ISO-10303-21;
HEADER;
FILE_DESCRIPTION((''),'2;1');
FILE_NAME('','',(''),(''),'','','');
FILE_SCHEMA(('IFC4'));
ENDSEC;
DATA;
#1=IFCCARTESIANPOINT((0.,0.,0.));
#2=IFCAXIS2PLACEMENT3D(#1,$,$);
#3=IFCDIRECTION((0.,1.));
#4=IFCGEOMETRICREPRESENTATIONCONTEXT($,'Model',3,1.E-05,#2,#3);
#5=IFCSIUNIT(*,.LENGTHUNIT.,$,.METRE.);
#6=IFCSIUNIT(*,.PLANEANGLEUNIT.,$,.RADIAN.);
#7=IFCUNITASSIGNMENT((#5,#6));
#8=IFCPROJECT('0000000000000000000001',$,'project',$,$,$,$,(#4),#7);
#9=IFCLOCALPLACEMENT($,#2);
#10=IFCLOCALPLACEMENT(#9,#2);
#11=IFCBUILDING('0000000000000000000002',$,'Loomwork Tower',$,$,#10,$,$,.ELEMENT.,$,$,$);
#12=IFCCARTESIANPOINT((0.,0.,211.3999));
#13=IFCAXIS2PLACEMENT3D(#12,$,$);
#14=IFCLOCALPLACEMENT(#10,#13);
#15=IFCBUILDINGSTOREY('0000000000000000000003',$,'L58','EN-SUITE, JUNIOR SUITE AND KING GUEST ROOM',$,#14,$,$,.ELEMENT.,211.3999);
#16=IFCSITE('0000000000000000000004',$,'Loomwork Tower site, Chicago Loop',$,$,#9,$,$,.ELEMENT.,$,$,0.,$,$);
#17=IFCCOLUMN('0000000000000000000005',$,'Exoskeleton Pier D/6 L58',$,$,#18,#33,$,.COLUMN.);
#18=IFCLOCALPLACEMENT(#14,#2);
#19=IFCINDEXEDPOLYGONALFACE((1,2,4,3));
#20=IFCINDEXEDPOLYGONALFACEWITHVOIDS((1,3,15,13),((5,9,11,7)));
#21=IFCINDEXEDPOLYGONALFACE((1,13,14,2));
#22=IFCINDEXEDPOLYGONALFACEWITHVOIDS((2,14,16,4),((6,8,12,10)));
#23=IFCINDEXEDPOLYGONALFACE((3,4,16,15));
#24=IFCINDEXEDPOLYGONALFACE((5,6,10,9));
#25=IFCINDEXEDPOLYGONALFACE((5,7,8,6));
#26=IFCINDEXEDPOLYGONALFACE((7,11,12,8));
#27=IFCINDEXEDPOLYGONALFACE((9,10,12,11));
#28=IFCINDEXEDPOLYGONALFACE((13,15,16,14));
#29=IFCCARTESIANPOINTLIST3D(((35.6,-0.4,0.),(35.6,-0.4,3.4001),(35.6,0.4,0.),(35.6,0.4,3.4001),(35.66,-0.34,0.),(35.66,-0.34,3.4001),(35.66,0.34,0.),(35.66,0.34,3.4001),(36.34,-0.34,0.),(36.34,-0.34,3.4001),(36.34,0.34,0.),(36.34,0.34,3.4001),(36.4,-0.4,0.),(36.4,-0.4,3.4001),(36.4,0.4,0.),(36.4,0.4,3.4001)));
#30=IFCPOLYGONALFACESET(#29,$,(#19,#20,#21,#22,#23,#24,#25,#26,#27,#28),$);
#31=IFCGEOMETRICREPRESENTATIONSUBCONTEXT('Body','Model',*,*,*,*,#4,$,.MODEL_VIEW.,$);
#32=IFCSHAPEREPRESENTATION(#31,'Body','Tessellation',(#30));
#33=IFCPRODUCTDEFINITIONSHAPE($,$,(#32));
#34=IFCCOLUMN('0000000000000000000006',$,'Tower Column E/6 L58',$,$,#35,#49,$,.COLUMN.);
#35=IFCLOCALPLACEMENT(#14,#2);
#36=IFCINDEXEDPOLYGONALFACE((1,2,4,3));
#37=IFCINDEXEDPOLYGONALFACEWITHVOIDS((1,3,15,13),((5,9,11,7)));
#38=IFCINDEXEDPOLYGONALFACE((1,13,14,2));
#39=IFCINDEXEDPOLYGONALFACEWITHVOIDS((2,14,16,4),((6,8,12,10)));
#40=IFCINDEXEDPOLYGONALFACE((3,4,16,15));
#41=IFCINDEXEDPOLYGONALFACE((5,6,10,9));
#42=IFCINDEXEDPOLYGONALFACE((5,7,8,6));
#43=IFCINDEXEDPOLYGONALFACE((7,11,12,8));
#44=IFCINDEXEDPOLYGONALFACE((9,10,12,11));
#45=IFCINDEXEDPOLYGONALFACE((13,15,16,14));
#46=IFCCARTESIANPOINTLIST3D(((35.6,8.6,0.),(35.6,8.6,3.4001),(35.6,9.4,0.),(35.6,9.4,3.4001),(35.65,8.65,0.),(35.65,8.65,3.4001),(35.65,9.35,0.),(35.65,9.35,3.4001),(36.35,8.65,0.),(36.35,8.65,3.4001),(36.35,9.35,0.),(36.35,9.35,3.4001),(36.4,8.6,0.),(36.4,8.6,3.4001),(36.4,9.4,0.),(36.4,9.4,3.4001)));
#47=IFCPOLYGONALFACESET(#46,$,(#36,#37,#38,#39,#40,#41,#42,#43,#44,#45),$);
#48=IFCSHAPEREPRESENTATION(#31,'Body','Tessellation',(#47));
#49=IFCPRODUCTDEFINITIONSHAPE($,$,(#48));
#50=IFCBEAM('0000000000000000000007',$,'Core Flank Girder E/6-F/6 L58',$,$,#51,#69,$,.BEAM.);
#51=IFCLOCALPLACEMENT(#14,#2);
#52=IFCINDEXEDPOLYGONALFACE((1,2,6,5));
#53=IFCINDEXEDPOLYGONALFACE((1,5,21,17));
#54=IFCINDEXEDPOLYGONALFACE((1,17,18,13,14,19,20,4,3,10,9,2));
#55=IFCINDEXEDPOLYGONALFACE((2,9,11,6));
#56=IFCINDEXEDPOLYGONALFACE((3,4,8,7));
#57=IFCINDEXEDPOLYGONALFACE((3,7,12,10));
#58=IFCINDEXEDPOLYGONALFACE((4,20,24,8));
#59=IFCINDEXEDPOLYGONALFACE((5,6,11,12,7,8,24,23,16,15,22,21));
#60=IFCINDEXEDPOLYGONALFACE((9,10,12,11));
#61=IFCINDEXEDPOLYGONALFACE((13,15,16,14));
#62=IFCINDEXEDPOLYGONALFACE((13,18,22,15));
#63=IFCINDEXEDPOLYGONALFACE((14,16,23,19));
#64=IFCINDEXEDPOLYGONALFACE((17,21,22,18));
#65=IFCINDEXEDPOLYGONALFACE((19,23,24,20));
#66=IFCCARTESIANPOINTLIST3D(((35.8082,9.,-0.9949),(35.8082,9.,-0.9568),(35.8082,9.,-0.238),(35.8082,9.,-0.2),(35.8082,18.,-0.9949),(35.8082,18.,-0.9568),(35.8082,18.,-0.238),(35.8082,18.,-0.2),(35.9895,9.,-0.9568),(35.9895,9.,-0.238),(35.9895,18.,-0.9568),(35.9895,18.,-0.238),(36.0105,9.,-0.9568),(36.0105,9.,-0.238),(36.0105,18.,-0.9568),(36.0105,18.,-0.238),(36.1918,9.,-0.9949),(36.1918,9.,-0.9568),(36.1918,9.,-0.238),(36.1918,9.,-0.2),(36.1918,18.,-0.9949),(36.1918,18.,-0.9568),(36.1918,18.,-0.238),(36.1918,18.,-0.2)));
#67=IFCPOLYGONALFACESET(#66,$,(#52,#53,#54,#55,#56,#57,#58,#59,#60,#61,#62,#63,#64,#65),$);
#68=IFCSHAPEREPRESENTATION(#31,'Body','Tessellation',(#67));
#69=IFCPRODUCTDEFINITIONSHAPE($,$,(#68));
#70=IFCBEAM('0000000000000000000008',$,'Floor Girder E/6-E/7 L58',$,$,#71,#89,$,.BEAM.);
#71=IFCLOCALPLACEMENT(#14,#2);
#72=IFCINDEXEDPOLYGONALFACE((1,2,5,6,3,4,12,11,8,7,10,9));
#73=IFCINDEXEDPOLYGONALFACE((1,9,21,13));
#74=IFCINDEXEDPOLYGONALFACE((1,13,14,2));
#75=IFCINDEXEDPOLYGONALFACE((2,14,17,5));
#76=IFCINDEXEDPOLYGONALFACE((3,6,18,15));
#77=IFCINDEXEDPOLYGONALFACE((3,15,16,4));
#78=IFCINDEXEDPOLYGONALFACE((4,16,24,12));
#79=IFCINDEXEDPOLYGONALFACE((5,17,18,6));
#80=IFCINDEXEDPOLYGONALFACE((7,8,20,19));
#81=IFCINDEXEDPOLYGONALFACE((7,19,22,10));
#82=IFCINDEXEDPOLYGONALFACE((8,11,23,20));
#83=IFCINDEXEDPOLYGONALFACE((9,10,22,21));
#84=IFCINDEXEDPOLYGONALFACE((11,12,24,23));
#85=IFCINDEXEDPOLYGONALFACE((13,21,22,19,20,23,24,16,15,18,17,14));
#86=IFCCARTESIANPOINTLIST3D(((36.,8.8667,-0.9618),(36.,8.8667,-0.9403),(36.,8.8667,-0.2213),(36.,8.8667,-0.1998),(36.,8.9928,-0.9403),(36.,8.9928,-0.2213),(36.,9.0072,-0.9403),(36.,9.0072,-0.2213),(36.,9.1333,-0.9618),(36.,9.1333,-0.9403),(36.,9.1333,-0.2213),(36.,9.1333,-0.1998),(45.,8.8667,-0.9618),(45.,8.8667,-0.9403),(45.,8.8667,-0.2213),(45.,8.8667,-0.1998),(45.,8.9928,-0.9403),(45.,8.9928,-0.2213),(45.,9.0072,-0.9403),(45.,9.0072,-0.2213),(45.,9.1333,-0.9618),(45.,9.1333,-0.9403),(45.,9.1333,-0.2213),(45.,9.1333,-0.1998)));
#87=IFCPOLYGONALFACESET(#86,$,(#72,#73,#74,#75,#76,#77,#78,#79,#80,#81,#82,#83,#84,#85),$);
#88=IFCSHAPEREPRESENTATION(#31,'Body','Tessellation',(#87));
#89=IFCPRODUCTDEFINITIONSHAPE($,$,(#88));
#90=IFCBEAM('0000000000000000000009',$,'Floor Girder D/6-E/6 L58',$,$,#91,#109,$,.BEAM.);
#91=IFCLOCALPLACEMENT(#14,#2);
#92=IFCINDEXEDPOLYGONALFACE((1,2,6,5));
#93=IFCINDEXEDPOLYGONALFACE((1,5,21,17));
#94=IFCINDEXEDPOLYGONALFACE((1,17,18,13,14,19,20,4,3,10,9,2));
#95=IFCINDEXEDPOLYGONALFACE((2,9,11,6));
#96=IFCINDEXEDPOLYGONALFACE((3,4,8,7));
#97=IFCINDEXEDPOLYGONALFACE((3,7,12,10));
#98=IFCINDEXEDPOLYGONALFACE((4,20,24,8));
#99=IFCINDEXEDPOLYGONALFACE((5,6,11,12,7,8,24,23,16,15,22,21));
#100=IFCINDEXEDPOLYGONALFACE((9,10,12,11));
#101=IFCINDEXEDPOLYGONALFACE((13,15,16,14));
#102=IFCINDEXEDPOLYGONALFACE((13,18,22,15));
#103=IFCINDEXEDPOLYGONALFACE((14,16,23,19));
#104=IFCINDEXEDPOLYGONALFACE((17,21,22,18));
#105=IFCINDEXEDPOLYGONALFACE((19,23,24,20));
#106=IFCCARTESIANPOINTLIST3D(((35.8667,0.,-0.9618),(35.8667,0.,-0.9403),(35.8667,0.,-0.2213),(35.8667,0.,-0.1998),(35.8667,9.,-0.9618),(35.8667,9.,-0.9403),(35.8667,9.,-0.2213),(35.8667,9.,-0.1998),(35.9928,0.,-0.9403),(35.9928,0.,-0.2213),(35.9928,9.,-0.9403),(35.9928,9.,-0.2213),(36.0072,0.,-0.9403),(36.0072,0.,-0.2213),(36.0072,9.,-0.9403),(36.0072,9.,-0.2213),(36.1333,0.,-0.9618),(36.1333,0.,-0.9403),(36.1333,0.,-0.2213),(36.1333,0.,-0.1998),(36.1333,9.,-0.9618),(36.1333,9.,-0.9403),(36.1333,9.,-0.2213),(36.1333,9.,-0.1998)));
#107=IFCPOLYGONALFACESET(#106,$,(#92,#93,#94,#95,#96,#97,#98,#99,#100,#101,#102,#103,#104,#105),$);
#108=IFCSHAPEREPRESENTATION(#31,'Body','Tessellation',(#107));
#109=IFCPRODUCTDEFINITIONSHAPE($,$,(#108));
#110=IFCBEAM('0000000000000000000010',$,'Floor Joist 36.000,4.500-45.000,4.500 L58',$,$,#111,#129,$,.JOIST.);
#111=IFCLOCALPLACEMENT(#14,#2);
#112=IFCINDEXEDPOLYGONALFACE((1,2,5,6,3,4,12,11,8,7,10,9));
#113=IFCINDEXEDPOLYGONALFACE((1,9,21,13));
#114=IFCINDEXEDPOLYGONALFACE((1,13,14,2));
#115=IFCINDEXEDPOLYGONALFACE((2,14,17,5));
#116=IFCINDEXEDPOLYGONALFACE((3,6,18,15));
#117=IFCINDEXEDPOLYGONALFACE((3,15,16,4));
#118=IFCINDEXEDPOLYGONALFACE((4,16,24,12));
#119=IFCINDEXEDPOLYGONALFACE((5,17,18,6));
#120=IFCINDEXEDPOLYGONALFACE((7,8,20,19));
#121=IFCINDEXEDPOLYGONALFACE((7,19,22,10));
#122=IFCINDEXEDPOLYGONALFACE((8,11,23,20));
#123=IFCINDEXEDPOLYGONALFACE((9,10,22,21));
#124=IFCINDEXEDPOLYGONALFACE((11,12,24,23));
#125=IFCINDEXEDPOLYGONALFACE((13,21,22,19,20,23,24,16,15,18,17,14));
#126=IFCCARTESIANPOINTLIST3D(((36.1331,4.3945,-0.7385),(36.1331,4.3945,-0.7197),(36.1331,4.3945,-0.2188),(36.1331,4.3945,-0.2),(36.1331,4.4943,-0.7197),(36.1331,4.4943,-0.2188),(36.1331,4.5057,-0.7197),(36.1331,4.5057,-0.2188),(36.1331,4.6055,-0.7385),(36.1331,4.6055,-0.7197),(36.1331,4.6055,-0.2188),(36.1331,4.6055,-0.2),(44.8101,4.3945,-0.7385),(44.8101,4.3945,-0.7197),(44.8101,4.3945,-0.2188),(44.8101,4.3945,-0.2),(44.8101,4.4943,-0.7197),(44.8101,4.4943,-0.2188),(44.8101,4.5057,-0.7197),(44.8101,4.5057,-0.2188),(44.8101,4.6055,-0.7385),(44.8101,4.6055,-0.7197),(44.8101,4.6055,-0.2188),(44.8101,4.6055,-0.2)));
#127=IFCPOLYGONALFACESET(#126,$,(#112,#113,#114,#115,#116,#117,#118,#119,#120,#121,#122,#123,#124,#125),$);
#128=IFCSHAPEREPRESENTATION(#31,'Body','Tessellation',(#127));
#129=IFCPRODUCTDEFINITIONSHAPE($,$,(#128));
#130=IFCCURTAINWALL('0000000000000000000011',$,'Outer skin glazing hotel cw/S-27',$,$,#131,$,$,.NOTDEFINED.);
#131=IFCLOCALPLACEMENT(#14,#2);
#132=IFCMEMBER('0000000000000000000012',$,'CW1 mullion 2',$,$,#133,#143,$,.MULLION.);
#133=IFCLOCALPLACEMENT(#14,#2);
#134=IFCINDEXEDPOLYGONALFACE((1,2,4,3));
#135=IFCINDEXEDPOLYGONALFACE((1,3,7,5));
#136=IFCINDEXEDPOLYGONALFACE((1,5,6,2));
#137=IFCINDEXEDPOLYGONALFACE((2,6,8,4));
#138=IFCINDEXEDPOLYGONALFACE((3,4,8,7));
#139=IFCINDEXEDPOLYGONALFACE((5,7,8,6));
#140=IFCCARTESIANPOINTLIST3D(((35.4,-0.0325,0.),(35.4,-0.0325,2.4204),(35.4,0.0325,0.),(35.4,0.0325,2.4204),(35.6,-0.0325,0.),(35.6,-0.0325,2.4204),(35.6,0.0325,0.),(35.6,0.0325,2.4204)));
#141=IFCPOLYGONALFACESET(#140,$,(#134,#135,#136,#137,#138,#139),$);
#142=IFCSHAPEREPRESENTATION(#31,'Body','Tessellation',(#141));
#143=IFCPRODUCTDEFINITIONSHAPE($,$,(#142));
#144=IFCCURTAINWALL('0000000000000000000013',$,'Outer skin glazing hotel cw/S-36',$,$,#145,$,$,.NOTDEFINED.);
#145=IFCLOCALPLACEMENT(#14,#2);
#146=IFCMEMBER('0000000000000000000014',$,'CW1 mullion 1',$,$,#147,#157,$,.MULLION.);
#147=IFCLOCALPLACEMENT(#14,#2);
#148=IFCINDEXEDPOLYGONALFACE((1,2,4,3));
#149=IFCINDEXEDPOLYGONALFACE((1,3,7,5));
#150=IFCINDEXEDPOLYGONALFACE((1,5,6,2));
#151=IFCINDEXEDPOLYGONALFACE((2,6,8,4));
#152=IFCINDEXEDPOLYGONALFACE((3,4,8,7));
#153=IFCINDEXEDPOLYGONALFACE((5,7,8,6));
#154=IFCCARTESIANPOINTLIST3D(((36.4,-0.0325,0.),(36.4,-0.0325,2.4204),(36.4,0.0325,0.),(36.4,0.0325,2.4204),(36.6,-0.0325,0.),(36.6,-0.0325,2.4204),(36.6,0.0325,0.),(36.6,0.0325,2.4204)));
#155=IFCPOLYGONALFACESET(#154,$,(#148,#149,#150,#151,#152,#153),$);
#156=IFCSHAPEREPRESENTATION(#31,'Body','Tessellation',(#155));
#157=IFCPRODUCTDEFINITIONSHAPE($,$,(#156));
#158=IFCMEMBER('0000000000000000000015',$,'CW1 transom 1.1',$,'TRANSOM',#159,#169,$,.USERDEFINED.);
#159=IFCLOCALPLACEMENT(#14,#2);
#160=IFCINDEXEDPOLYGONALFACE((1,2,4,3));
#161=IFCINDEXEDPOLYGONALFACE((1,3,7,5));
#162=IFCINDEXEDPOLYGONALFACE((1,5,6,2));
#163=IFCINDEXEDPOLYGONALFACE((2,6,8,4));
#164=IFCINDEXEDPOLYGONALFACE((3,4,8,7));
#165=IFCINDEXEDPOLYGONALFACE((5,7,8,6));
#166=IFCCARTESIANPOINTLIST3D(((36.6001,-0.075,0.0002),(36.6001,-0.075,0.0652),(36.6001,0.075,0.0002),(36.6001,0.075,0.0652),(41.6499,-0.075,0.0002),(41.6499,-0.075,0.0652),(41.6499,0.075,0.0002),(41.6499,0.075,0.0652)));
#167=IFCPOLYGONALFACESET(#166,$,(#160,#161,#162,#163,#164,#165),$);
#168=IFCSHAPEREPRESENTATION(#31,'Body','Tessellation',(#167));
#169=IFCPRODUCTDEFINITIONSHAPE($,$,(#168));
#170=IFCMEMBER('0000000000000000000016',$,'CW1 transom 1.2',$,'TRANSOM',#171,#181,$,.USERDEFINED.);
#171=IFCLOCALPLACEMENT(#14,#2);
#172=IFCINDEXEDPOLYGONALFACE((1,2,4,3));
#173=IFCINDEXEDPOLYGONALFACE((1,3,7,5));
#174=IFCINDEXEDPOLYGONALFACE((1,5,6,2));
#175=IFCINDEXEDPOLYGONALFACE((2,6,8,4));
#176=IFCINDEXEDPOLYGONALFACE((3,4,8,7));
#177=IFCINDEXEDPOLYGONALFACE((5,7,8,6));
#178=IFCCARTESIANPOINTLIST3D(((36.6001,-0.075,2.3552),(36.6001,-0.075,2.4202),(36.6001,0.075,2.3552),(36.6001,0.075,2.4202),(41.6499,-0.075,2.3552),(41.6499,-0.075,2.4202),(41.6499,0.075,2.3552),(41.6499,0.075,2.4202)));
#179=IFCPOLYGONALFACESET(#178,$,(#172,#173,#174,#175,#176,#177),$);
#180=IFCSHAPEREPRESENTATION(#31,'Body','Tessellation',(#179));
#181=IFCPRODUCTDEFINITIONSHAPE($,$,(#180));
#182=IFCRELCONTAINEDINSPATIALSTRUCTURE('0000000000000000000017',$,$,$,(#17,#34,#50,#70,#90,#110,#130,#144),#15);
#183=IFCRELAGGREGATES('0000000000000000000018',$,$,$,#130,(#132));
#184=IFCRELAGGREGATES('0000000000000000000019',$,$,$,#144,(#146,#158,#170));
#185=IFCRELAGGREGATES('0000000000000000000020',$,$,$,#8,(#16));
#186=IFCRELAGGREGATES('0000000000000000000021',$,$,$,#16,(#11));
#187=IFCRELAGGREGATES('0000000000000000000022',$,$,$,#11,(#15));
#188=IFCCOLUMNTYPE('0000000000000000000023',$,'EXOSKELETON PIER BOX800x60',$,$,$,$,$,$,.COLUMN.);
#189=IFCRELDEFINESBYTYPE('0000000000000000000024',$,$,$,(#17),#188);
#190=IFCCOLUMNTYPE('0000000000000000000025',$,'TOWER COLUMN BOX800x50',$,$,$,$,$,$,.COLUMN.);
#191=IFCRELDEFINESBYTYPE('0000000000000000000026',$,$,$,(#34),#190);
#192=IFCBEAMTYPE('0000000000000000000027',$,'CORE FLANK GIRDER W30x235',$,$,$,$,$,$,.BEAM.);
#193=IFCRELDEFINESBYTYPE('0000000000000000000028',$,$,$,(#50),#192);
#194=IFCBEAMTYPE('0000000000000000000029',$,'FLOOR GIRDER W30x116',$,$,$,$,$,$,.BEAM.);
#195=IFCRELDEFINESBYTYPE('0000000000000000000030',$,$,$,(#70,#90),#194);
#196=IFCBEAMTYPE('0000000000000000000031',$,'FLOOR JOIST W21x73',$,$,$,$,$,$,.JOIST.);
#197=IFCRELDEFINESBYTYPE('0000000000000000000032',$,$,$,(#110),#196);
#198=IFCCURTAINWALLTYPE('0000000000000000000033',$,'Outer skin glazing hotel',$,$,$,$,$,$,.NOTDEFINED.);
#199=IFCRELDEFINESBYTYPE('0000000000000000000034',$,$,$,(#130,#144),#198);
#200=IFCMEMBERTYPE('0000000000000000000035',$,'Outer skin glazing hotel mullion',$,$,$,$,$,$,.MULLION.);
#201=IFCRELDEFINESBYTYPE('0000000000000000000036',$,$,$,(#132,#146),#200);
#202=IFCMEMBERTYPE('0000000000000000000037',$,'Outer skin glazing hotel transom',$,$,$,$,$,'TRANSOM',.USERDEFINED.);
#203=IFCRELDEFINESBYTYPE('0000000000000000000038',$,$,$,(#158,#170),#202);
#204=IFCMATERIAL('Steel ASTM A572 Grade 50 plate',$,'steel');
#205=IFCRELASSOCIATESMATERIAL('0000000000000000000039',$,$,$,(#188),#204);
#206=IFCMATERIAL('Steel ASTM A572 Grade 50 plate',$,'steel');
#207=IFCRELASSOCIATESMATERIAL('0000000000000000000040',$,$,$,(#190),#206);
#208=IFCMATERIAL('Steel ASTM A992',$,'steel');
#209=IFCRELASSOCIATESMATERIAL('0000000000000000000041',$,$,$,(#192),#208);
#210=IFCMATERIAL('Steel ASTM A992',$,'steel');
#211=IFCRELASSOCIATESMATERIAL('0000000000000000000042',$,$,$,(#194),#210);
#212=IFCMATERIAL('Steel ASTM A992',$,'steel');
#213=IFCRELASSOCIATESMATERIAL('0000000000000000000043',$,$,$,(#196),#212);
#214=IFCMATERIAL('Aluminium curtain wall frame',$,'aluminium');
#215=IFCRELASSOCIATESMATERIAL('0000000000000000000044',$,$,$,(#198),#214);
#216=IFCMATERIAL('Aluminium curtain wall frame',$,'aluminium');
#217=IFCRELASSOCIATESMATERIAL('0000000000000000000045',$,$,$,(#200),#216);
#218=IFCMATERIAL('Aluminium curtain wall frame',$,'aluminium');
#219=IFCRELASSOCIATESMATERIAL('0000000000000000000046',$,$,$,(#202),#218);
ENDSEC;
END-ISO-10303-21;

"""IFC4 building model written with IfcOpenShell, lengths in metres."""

from ifc_helpers import new_model, si_unit, direction, frame, origin, origin_2d, place, context, subcontext, project, spatial, rectangle, hollow_rectangle, i_section, extrude, material, material_profile, profile_set, type_object, element, aggregate, save


model = new_model("IFC4")

# Units and contexts
model_context = context("Model", 3, precision=1e-05, world=origin(), true_north=direction((0.0, 1.0)))
body_context = subcontext(model_context, "Body", "Model", "MODEL_VIEW")
ifc_project = project(units=[si_unit("LENGTHUNIT", "METRE"), si_unit("PLANEANGLEUNIT", "RADIAN")], contexts=[model_context])

# Site, building, storey
site_placement = place(None, origin())
site = spatial("IfcSite", under=ifc_project, at=site_placement, Name="Loomwork Tower site, Chicago Loop", CompositionType="ELEMENT", RefElevation=0.0)
building_placement = place(site_placement, origin())
building = spatial("IfcBuilding", under=site, at=building_placement, Name="Loomwork Tower", CompositionType="ELEMENT")
storey_placement = place(building_placement, frame((0.0, 0.0, 211.3999)))
storey = spatial("IfcBuildingStorey", under=building, at=storey_placement, Name="L58", Description="EN-SUITE, JUNIOR SUITE AND KING GUEST ROOM", CompositionType="ELEMENT", Elevation=211.3999)

# Columns
ifc_material_1 = material(Name="Steel ASTM A572 Grade 50 plate", Category="steel")
ifc_material_profile_1 = material_profile(ifc_material_1, hollow_rectangle(XDim=0.8, YDim=0.8, WallThickness=0.0601, at=origin_2d()), Name="BOX800x60")
ifc_profile_set_1 = profile_set([ifc_material_profile_1], Name="Steel ASTM A572 Grade 50 plate")
column_type_1 = type_object("IfcColumnType", Name="EXOSKELETON PIER BOX800x60", PredefinedType="COLUMN", material=ifc_profile_set_1)
column_1_placement = place(storey_placement, frame((36.0, 0.0, 0.0), z_axis=(0.0, 0.0, 1.0), x_axis=(1.0, 0.0, 0.0)))
element("IfcColumn", 1, at=column_1_placement, inside=storey, type_object=column_type_1, Name="Exoskeleton Pier D/6 L58", PredefinedType="COLUMN", context=body_context, shape_type="SweptSolid", body=[
    extrude(hollow_rectangle(XDim=0.8, YDim=0.8, WallThickness=0.0601, at=origin_2d()), origin(), (0.0, 0.0, 1.0), 3.4001),
])
ifc_material_2 = material(Name="Steel ASTM A572 Grade 50 plate", Category="steel")
ifc_material_profile_2 = material_profile(ifc_material_2, hollow_rectangle(XDim=0.8, YDim=0.8, WallThickness=0.05, at=origin_2d()), Name="BOX800x50")
ifc_profile_set_2 = profile_set([ifc_material_profile_2], Name="Steel ASTM A572 Grade 50 plate")
column_type_2 = type_object("IfcColumnType", Name="TOWER COLUMN BOX800x50", PredefinedType="COLUMN", material=ifc_profile_set_2)
column_2_placement = place(storey_placement, frame((36.0, 9.0, 0.0), z_axis=(0.0, 0.0, 1.0), x_axis=(0.0, 1.0, 0.0)))
element("IfcColumn", 2, at=column_2_placement, inside=storey, type_object=column_type_2, Name="Tower Column E/6 L58", PredefinedType="COLUMN", context=body_context, shape_type="SweptSolid", body=[
    extrude(hollow_rectangle(XDim=0.8, YDim=0.8, WallThickness=0.05, at=origin_2d()), origin(), (0.0, 0.0, 1.0), 3.4001),
])

# Beams
ifc_material_3 = material(Name="Steel ASTM A992", Category="steel")
ifc_material_profile_3 = material_profile(ifc_material_3, i_section(OverallWidth=0.3835, OverallDepth=0.7949, WebThickness=0.021, FlangeThickness=0.0381, at=origin_2d()), Name="W30x235")
ifc_profile_set_3 = profile_set([ifc_material_profile_3], Name="Steel ASTM A992")
beam_type_1 = type_object("IfcBeamType", Name="CORE FLANK GIRDER W30x235", PredefinedType="BEAM", material=ifc_profile_set_3)
beam_1_placement = place(storey_placement, frame((36.0, 9.0, -0.5974), z_axis=(0.0, 1.0, 0.0), x_axis=(-1.0, 0.0, 0.0)))
element("IfcBeam", 3, at=beam_1_placement, inside=storey, type_object=beam_type_1, Name="Core Flank Girder E/6-F/6 L58", PredefinedType="BEAM", context=body_context, shape_type="SweptSolid", body=[
    extrude(i_section(OverallWidth=0.3835, OverallDepth=0.7949, WebThickness=0.021, FlangeThickness=0.0381, at=origin_2d()), origin(), (0.0, 0.0, 1.0), 9.0),
])
ifc_material_4 = material(Name="Steel ASTM A992", Category="steel")
ifc_material_profile_4 = material_profile(ifc_material_4, i_section(OverallWidth=0.2666, OverallDepth=0.762, WebThickness=0.0144, FlangeThickness=0.0215, at=origin_2d()), Name="W30x116")
ifc_profile_set_4 = profile_set([ifc_material_profile_4], Name="Steel ASTM A992")
beam_type_2 = type_object("IfcBeamType", Name="FLOOR GIRDER W30x116", PredefinedType="BEAM", material=ifc_profile_set_4)
for number, where, z_axis, x_axis, name in (
    (4, (36.0, 9.0, -0.5808), (1.0, 0.0, 0.0), (0.0, 1.0, 0.0), "Floor Girder E/6-E/7 L58"),
    (5, (36.0, 0.0, -0.5808), (0.0, 1.0, 0.0), (-1.0, 0.0, 0.0), "Floor Girder D/6-E/6 L58"),
):
    element("IfcBeam", number, at=place(storey_placement, frame(where, z_axis=z_axis, x_axis=x_axis)), inside=storey, type_object=beam_type_2, Name=name, PredefinedType="BEAM", context=body_context, shape_type="SweptSolid", body=[
        extrude(i_section(OverallWidth=0.2666, OverallDepth=0.762, WebThickness=0.0144, FlangeThickness=0.0215, at=origin_2d()), origin(), (0.0, 0.0, 1.0), 9.0),
    ])
ifc_material_5 = material(Name="Steel ASTM A992", Category="steel")
ifc_material_profile_5 = material_profile(ifc_material_5, i_section(OverallWidth=0.2109, OverallDepth=0.5386, WebThickness=0.0115, FlangeThickness=0.0188, at=origin_2d()), Name="W21x73")
ifc_profile_set_5 = profile_set([ifc_material_profile_5], Name="Steel ASTM A992")
beam_type_3 = type_object("IfcBeamType", Name="FLOOR JOIST W21x73", PredefinedType="JOIST", material=ifc_profile_set_5)
beam_2_placement = place(storey_placement, frame((36.1331, 4.5, -0.4692), z_axis=(1.0, 0.0, 0.0), x_axis=(0.0, 1.0, 0.0)))
element("IfcBeam", 6, at=beam_2_placement, inside=storey, type_object=beam_type_3, Name="Floor Joist 36.000,4.500-45.000,4.500 L58", PredefinedType="JOIST", context=body_context, shape_type="SweptSolid", body=[
    extrude(i_section(OverallWidth=0.2109, OverallDepth=0.5386, WebThickness=0.0115, FlangeThickness=0.0188, at=origin_2d()), origin(), (0.0, 0.0, 1.0), 8.677),
])

# Curtain wall, member
ifc_material_6 = material(Name="Aluminium curtain wall frame", Category="aluminium")
curtain_wall_type = type_object("IfcCurtainWallType", Name="Outer skin glazing hotel", PredefinedType="NOTDEFINED", material=ifc_material_6)
curtain_wall_1_placement = place(storey_placement, origin())
curtain_wall_1 = element("IfcCurtainWall", 7, at=curtain_wall_1_placement, inside=storey, type_object=curtain_wall_type, Name="Outer skin glazing hotel cw/S-27", PredefinedType="NOTDEFINED")
ifc_material_7 = material(Name="Aluminium curtain wall frame", Category="aluminium")
ifc_material_profile_6 = material_profile(ifc_material_7, rectangle(XDim=0.0649, YDim=0.2, at=origin_2d()), Name="AL 65x200")
ifc_profile_set_6 = profile_set([ifc_material_profile_6], Name="Aluminium curtain wall frame")
member_type_1 = type_object("IfcMemberType", Name="Outer skin glazing hotel mullion", PredefinedType="MULLION", material=ifc_profile_set_6)
member_1_placement = place(storey_placement, frame((35.5, 0.0, 0.0), z_axis=(0.0, 0.0, 1.0), x_axis=(0.0, 1.0, 0.0)))
member_1 = element("IfcMember", 8, at=member_1_placement, type_object=member_type_1, Name="CW1 mullion 2", PredefinedType="MULLION", context=body_context, shape_type="SweptSolid", body=[
    extrude(rectangle(XDim=0.0649, YDim=0.2, at=origin_2d()), origin(), (0.0, 0.0, 1.0), 2.4204),
])
aggregate(curtain_wall_1, [member_1])

# Curtain wall, members
curtain_wall_2_placement = place(storey_placement, origin())
curtain_wall_2 = element("IfcCurtainWall", 9, at=curtain_wall_2_placement, inside=storey, type_object=curtain_wall_type, Name="Outer skin glazing hotel cw/S-36", PredefinedType="NOTDEFINED")
member_2_placement = place(storey_placement, frame((36.5, 0.0, 0.0), z_axis=(0.0, 0.0, 1.0), x_axis=(0.0, 1.0, 0.0)))
member_2 = element("IfcMember", 10, at=member_2_placement, type_object=member_type_1, Name="CW1 mullion 1", PredefinedType="MULLION", context=body_context, shape_type="SweptSolid", body=[
    extrude(rectangle(XDim=0.0649, YDim=0.2, at=origin_2d()), origin(), (0.0, 0.0, 1.0), 2.4204),
])
ifc_material_8 = material(Name="Aluminium curtain wall frame", Category="aluminium")
ifc_material_profile_7 = material_profile(ifc_material_8, rectangle(XDim=0.1499, YDim=0.0649, at=origin_2d()), Name="AL 65x150")
ifc_profile_set_7 = profile_set([ifc_material_profile_7], Name="Aluminium curtain wall frame")
member_type_2 = type_object("IfcMemberType", Name="Outer skin glazing hotel transom", ElementType="TRANSOM", PredefinedType="USERDEFINED", material=ifc_profile_set_7)
member_3_placement = place(storey_placement, frame((36.6001, 0.0, 0.0327), z_axis=(1.0, 0.0, 0.0), x_axis=(0.0, 1.0, 0.0)))
member_3 = element("IfcMember", 11, at=member_3_placement, type_object=member_type_2, Name="CW1 transom 1.1", ObjectType="TRANSOM", PredefinedType="USERDEFINED", context=body_context, shape_type="SweptSolid", body=[
    extrude(rectangle(XDim=0.1499, YDim=0.0649, at=origin_2d()), origin(), (0.0, 0.0, 1.0), 5.0498),
])
member_4_placement = place(storey_placement, frame((36.6001, 0.0, 2.3877), z_axis=(1.0, 0.0, 0.0), x_axis=(0.0, 1.0, 0.0)))
member_4 = element("IfcMember", 12, at=member_4_placement, type_object=member_type_2, Name="CW1 transom 1.2", ObjectType="TRANSOM", PredefinedType="USERDEFINED", context=body_context, shape_type="SweptSolid", body=[
    extrude(rectangle(XDim=0.1499, YDim=0.0649, at=origin_2d()), origin(), (0.0, 0.0, 1.0), 5.0498),
])
aggregate(curtain_wall_2, [member_2, member_3, member_4])

save(model, "model.ifc")
